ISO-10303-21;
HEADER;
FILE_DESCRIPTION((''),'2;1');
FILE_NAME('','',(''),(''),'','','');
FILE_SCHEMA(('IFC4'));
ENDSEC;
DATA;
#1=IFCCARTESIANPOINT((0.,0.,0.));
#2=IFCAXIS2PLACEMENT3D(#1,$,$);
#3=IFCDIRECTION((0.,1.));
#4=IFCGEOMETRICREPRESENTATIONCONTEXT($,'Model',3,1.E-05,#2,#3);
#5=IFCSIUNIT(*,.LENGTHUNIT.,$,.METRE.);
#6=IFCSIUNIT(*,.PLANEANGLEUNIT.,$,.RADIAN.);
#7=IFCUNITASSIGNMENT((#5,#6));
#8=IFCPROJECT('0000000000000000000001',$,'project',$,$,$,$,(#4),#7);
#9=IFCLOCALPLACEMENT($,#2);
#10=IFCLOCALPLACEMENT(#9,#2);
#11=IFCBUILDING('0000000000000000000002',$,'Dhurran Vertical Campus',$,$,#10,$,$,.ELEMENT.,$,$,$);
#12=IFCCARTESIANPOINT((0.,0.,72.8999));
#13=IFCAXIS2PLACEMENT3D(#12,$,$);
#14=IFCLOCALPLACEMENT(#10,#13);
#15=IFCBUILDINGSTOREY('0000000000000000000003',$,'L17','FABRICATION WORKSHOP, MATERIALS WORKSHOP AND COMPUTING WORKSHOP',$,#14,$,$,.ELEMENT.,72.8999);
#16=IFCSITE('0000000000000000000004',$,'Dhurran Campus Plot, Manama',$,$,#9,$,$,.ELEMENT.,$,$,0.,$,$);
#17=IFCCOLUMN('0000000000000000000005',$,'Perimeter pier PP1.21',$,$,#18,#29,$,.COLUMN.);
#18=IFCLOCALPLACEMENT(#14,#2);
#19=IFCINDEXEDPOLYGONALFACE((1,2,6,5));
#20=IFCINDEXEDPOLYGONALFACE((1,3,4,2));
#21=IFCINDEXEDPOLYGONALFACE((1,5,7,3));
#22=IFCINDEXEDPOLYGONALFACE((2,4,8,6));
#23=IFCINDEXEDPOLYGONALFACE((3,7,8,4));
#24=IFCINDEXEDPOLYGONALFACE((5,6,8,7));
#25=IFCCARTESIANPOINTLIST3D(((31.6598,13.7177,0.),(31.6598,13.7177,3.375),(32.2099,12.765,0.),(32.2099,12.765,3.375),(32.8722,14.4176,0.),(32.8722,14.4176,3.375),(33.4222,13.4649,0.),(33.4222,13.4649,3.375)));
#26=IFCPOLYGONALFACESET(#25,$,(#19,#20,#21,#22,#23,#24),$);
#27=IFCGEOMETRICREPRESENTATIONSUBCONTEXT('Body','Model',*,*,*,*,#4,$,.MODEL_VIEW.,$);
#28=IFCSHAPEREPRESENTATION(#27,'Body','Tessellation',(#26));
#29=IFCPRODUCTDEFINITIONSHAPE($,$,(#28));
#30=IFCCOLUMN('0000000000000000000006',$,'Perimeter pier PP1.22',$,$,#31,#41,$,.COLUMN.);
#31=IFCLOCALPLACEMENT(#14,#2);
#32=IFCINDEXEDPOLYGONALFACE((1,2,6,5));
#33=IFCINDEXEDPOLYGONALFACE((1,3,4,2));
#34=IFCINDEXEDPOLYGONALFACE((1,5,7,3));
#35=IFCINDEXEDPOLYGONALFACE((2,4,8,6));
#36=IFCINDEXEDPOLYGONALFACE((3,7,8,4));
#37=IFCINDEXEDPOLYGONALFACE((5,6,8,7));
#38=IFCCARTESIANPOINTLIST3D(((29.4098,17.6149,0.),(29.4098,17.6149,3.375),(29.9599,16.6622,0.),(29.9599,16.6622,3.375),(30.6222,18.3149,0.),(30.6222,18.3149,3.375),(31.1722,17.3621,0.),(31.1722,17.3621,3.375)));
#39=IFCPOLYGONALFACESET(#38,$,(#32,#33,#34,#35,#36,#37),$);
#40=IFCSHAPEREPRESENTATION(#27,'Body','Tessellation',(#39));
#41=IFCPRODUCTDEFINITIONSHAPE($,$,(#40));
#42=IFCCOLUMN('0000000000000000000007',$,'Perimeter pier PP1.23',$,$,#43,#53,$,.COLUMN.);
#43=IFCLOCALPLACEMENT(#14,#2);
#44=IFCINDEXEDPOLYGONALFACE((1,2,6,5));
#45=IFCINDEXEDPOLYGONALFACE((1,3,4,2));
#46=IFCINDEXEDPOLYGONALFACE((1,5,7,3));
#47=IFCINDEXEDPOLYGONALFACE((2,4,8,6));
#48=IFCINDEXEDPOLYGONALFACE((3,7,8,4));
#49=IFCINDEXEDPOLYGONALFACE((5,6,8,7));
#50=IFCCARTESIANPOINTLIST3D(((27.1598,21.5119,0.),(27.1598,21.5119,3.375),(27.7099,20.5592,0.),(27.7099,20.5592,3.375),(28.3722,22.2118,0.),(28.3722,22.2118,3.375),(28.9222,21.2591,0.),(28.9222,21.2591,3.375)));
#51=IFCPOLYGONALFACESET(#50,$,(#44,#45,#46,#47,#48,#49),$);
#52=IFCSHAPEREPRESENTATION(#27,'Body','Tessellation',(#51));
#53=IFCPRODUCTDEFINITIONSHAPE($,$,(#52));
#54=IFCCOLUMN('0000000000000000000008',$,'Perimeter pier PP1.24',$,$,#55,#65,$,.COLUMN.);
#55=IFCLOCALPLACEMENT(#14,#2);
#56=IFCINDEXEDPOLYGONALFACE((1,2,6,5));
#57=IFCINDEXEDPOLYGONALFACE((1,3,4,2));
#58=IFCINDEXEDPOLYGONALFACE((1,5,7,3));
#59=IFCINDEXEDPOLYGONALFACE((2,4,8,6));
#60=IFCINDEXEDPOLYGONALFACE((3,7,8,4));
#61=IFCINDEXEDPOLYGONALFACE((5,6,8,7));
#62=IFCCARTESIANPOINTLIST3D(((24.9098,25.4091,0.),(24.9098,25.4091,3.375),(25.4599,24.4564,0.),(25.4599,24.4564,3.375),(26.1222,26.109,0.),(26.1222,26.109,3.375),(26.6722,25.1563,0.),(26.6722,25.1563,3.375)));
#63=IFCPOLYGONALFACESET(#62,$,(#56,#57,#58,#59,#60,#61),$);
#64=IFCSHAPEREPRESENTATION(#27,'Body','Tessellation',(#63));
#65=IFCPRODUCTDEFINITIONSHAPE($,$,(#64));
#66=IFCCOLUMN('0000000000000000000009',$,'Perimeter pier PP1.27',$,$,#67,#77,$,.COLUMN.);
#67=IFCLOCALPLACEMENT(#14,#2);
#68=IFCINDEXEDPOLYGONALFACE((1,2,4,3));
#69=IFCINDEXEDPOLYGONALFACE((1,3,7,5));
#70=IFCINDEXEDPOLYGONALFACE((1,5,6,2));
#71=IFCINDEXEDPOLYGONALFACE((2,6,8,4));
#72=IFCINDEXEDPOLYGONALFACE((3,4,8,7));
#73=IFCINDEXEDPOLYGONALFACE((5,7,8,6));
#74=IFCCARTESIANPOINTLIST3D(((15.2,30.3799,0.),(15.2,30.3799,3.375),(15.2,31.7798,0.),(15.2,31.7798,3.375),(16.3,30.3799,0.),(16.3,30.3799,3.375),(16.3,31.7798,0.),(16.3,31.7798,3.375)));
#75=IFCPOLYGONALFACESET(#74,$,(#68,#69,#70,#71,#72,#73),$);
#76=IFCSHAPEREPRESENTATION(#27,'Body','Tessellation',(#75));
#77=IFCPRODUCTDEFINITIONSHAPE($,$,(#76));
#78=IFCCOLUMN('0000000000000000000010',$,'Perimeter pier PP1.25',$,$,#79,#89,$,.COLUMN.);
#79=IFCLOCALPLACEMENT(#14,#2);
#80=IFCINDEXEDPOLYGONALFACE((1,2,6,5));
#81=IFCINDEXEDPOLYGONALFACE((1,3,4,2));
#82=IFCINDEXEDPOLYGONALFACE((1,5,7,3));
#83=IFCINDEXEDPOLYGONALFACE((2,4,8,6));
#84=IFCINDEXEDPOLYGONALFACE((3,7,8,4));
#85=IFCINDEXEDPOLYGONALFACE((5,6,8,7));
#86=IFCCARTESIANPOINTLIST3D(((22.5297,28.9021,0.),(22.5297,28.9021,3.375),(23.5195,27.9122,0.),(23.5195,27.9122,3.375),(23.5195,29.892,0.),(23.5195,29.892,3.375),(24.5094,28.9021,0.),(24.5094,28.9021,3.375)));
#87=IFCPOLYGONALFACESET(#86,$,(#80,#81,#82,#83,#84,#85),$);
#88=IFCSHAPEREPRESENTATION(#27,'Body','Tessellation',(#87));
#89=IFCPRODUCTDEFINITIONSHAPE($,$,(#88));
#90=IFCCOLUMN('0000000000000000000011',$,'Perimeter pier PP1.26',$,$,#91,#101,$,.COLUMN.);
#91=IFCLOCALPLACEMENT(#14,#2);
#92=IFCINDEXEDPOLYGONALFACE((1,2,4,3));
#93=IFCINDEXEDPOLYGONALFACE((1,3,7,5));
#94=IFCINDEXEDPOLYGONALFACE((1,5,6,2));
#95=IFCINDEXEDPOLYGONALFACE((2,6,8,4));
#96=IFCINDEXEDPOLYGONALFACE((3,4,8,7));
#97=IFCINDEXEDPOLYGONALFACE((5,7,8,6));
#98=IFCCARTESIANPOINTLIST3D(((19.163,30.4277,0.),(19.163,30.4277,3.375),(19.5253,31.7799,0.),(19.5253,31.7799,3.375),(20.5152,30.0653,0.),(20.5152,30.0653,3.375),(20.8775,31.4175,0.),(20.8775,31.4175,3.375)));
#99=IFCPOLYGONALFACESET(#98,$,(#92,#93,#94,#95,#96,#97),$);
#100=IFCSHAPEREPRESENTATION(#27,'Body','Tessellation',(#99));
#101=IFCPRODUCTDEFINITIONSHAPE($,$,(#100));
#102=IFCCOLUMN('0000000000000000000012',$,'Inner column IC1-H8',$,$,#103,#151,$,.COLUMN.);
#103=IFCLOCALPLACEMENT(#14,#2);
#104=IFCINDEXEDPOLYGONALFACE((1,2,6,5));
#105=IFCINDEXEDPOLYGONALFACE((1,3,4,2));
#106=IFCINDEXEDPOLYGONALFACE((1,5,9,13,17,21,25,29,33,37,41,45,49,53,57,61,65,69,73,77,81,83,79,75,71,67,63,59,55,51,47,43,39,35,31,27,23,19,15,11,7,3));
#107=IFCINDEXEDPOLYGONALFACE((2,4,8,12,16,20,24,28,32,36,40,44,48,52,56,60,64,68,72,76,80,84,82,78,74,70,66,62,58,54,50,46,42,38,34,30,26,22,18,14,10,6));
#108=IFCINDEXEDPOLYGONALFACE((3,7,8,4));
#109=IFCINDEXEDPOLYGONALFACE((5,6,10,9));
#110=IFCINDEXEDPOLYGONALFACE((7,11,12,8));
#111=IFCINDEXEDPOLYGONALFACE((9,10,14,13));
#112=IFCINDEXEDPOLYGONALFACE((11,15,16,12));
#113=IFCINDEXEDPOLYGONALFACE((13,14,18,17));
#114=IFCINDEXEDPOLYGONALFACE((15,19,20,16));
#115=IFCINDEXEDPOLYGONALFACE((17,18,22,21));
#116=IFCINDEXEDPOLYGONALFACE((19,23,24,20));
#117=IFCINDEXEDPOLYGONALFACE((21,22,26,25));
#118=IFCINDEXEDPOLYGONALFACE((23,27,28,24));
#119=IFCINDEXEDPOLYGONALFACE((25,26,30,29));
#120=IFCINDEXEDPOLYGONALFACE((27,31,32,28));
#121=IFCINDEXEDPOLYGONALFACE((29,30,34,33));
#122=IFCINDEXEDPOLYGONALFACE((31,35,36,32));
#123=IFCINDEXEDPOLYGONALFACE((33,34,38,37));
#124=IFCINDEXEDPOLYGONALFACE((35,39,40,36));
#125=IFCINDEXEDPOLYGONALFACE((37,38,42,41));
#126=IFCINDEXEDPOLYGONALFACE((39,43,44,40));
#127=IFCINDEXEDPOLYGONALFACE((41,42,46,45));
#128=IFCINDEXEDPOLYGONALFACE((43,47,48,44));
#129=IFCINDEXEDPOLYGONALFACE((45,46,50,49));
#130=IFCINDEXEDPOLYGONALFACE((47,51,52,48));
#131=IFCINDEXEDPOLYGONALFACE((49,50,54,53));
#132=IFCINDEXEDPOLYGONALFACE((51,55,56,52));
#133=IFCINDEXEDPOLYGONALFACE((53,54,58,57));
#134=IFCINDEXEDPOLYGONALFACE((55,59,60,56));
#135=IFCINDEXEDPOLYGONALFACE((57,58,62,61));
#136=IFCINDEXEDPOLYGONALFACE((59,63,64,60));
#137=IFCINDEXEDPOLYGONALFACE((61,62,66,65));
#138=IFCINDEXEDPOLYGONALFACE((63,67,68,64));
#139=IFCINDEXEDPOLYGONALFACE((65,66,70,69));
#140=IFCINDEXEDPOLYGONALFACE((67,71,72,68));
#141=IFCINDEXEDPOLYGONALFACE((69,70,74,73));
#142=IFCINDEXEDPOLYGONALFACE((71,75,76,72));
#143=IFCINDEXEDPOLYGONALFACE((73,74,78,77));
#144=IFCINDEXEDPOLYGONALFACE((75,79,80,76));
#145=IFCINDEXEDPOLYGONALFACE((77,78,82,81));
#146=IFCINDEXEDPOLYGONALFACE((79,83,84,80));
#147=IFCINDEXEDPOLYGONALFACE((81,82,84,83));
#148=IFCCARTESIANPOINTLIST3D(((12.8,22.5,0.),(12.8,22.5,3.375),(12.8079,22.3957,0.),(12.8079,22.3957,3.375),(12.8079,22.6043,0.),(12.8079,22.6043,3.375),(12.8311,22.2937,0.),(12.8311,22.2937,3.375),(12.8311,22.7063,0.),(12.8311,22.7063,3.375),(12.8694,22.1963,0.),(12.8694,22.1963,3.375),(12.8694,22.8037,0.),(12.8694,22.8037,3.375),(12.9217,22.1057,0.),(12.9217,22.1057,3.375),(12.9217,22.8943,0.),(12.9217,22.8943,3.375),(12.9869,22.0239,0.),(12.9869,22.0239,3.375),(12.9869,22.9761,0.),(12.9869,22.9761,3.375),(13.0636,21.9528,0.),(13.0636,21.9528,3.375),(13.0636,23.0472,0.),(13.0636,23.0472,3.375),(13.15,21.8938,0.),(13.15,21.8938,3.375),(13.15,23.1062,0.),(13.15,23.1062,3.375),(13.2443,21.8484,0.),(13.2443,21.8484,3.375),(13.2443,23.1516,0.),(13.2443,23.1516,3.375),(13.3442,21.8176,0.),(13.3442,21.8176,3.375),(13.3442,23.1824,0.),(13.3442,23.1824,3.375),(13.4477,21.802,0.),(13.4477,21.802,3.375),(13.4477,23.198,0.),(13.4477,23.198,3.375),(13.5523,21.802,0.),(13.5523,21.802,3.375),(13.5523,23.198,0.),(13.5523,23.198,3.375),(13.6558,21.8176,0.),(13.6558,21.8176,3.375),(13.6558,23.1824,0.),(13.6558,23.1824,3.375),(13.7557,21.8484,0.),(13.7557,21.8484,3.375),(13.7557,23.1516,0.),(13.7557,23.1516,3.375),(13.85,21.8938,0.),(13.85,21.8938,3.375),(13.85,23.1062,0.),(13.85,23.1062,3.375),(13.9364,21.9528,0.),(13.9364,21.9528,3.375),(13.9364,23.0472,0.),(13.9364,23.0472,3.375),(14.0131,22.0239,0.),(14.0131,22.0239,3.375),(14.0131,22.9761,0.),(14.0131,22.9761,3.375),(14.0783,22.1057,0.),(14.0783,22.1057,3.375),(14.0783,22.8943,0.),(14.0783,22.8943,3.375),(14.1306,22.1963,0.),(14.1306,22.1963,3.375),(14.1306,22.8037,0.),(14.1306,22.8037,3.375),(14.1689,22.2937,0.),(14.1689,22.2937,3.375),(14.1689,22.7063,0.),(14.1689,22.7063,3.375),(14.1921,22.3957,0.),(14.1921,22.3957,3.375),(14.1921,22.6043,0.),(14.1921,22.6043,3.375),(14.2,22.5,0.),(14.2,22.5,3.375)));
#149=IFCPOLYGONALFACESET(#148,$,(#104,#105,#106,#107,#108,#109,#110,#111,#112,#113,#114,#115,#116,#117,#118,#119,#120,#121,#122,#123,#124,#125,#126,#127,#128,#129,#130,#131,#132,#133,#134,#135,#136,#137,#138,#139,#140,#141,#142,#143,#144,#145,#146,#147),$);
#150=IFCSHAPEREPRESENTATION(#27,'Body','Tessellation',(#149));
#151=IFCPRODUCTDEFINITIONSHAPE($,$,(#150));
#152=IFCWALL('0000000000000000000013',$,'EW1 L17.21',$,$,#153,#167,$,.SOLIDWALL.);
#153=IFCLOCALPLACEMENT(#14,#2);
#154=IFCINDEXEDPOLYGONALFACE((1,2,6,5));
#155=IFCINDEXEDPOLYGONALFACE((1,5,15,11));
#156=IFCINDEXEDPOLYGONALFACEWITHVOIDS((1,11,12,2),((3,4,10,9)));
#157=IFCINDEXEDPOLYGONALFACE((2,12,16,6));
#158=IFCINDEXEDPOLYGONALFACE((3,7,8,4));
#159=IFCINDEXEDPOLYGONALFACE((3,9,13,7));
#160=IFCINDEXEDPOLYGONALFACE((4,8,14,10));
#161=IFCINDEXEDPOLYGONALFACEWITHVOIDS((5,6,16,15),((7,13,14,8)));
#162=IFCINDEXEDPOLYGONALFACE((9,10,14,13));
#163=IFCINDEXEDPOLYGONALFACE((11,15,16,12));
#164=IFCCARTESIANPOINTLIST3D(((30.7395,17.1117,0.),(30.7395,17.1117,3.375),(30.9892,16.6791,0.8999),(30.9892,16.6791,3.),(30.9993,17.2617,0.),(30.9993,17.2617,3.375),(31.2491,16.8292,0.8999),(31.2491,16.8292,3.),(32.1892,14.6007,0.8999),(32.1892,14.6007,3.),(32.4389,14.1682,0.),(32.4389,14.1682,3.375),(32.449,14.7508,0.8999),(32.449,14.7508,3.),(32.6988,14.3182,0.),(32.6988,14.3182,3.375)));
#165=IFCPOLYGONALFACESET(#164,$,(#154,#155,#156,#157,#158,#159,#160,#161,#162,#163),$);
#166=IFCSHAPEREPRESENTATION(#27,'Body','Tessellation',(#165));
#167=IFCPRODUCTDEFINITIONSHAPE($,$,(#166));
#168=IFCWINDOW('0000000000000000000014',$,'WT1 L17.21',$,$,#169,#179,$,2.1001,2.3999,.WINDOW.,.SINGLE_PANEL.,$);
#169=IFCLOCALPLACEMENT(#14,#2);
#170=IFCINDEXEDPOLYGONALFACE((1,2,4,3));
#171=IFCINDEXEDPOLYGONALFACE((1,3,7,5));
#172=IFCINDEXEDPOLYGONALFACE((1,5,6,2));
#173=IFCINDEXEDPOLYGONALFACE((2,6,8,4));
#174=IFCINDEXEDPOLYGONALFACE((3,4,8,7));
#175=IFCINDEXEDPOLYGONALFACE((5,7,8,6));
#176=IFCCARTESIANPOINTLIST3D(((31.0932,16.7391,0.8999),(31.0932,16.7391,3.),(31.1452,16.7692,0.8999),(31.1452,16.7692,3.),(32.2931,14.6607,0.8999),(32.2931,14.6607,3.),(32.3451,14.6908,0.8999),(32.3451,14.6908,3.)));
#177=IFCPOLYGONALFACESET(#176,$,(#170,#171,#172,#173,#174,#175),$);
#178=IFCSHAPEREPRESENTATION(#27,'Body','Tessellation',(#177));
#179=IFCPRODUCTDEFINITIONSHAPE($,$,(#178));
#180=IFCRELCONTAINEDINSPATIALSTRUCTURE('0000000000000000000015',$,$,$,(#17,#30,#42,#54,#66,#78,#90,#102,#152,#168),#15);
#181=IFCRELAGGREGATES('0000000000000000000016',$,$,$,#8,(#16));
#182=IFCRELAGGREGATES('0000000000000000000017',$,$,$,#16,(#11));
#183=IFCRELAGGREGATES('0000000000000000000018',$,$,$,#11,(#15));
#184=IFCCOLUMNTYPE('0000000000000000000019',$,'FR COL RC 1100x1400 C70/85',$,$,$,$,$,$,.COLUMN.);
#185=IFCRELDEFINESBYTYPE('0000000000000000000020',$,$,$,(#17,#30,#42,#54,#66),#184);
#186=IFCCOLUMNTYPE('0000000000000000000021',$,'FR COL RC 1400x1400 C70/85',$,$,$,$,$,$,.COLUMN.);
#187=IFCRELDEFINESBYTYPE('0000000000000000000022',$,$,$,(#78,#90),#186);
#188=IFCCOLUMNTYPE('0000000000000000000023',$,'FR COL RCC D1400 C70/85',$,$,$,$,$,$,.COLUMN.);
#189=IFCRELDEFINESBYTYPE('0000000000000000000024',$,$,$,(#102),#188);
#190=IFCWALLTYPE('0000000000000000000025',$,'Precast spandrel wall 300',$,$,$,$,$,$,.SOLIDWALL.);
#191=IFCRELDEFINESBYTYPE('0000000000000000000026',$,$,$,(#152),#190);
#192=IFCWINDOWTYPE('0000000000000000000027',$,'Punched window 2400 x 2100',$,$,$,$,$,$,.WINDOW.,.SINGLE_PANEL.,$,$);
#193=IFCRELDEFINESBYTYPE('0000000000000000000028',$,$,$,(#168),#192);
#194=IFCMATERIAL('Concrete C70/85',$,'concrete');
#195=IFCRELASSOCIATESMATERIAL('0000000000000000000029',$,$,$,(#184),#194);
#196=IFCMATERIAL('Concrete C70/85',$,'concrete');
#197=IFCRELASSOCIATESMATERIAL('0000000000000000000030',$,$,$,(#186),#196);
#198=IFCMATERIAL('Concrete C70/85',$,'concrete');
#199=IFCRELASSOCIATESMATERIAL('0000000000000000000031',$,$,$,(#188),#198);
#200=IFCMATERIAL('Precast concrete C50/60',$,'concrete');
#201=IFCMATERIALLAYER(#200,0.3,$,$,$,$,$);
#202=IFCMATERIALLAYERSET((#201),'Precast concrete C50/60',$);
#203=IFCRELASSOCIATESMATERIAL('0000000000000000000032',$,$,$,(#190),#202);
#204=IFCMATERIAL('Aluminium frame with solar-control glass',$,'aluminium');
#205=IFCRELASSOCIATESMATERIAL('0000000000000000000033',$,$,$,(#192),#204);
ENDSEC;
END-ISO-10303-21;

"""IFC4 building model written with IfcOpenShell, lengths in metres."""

from ifc_helpers import new_model, si_unit, direction, frame, frame_2d, origin, origin_2d, place, context, subcontext, project, spatial, rectangle, circle, extrude, material, layer, layer_set, material_profile, profile_set, type_object, element, fill, save


model = new_model("IFC4")

# Units and contexts
model_context = context("Model", 3, precision=1e-05, world=origin(), true_north=direction((0.0, 1.0)))
body_context = subcontext(model_context, "Body", "Model", "MODEL_VIEW")
ifc_project = project(units=[si_unit("LENGTHUNIT", "METRE"), si_unit("PLANEANGLEUNIT", "RADIAN")], contexts=[model_context])

# Site, building, storey
site_placement = place(None, origin())
site = spatial("IfcSite", under=ifc_project, at=site_placement, Name="Dhurran Campus Plot, Manama", CompositionType="ELEMENT", RefElevation=0.0)
building_placement = place(site_placement, origin())
building = spatial("IfcBuilding", under=site, at=building_placement, Name="Dhurran Vertical Campus", CompositionType="ELEMENT")
storey_placement = place(building_placement, frame((0.0, 0.0, 72.8999)))
storey = spatial("IfcBuildingStorey", under=building, at=storey_placement, Name="L17", Description="FABRICATION WORKSHOP, MATERIALS WORKSHOP AND COMPUTING WORKSHOP", CompositionType="ELEMENT", Elevation=72.8999)

# Columns
ifc_material_1 = material(Name="Concrete C70/85", Category="concrete")
ifc_material_profile_1 = material_profile(ifc_material_1, rectangle(XDim=1.1001, YDim=1.3999, at=origin_2d()), Name="RC 1100x1400")
ifc_profile_set_1 = profile_set([ifc_material_profile_1], Name="Concrete C70/85")
column_type_1 = type_object("IfcColumnType", Name="FR COL RC 1100x1400 C70/85", PredefinedType="COLUMN", material=ifc_profile_set_1)
for number, where, z_axis, x_axis, name in (
    (1, (32.541, 13.5913, 0.0), (0.0, 0.0, 1.0), (-0.5, 0.866025, 0.0), "Perimeter pier PP1.21"),
    (2, (30.291, 17.4885, 0.0), (0.0, 0.0, 1.0), (-0.5, 0.866025, 0.0), "Perimeter pier PP1.22"),
    (3, (28.041, 21.3855, 0.0), (0.0, 0.0, 1.0), (-0.5, 0.866025, 0.0), "Perimeter pier PP1.23"),
    (4, (25.791, 25.2827, 0.0), (0.0, 0.0, 1.0), (-0.5, 0.866025, 0.0), "Perimeter pier PP1.24"),
    (5, (15.75, 31.0798, 0.0), (0.0, 0.0, 1.0), (-1.0, 0.0, 0.0), "Perimeter pier PP1.27"),
):
    element("IfcColumn", number, at=place(storey_placement, frame(where, z_axis=z_axis, x_axis=x_axis)), inside=storey, type_object=column_type_1, Name=name, PredefinedType="COLUMN", context=body_context, shape_type="SweptSolid", body=[
        extrude(rectangle(XDim=1.1001, YDim=1.3999, at=origin_2d()), origin(), (0.0, 0.0, 1.0), 3.375),
    ])
ifc_material_2 = material(Name="Concrete C70/85", Category="concrete")
ifc_material_profile_2 = material_profile(ifc_material_2, rectangle(XDim=1.3999, YDim=1.3999, at=origin_2d()), Name="RC 1400x1400")
ifc_profile_set_2 = profile_set([ifc_material_profile_2], Name="Concrete C70/85")
column_type_2 = type_object("IfcColumnType", Name="FR COL RC 1400x1400 C70/85", PredefinedType="COLUMN", material=ifc_profile_set_2)
for number, where, z_axis, x_axis, name in (
    (6, (23.5195, 28.9021, 0.0), (0.0, 0.0, 1.0), (-0.707107, 0.707107, 0.0), "Perimeter pier PP1.25"),
    (7, (20.0203, 30.9226, 0.0), (0.0, 0.0, 1.0), (-0.965926, 0.258819, 0.0), "Perimeter pier PP1.26"),
):
    element("IfcColumn", number, at=place(storey_placement, frame(where, z_axis=z_axis, x_axis=x_axis)), inside=storey, type_object=column_type_2, Name=name, PredefinedType="COLUMN", context=body_context, shape_type="SweptSolid", body=[
        extrude(rectangle(XDim=1.3999, YDim=1.3999, at=origin_2d()), origin(), (0.0, 0.0, 1.0), 3.375),
    ])
ifc_material_3 = material(Name="Concrete C70/85", Category="concrete")
ifc_material_profile_3 = material_profile(ifc_material_3, circle(Radius=0.7, at=origin_2d()), Name="RCC D1400")
ifc_profile_set_3 = profile_set([ifc_material_profile_3], Name="Concrete C70/85")
column_type_3 = type_object("IfcColumnType", Name="FR COL RCC D1400 C70/85", PredefinedType="COLUMN", material=ifc_profile_set_3)
column_placement = place(storey_placement, frame((13.5, 22.5, 0.0), z_axis=(0.0, 0.0, 1.0), x_axis=(1.0, 0.0, 0.0)))
element("IfcColumn", 8, at=column_placement, inside=storey, type_object=column_type_3, Name="Inner column IC1-H8", PredefinedType="COLUMN", context=body_context, shape_type="SweptSolid", body=[
    extrude(circle(Radius=0.7, at=origin_2d()), origin(), (0.0, 0.0, 1.0), 3.375),
])

# Wall, opening, window
ifc_material_4 = material(Name="Precast concrete C50/60", Category="concrete")
ifc_layer_1 = layer(ifc_material_4, 0.3)
ifc_layer_set_1 = layer_set([ifc_layer_1], Name="Precast concrete C50/60")
wall_type_1 = type_object("IfcWallType", Name="Precast spandrel wall 300", PredefinedType="SOLIDWALL", material=ifc_layer_set_1)
wall_1_placement = place(storey_placement, frame((32.5688, 14.2432, 0.0), z_axis=(0.0, 0.0, 1.0), x_axis=(-0.499994, 0.866029, 0.0)))
wall_1 = element("IfcWall", 9, at=wall_1_placement, inside=storey, type_object=wall_type_1, Name="EW1 L17.21", PredefinedType="SOLIDWALL", context=body_context, shape_type="SweptSolid", body=[
    extrude(rectangle(XDim=3.3989, YDim=0.3, at=frame_2d((1.6995, 0.0))), origin(), (0.0, 0.0, 1.0), 3.375),
])
opening_1_placement = place(wall_1_placement, frame((0.4995, 0.0, 0.8999)))
opening_1 = element("IfcOpeningElement", 10, at=opening_1_placement, cuts=wall_1, PredefinedType="OPENING", context=body_context, shape_type="SweptSolid", body=[
    extrude(rectangle(XDim=2.3999, YDim=2.1001, at=frame_2d((1.2, 1.05))), frame((0.0, 0.1599, 0.0), z_axis=(0.0, -1.0, 0.0), x_axis=(1.0, 0.0, 0.0)), (0.0, 0.0, 1.0), 0.3201),
])
ifc_material_5 = material(Name="Aluminium frame with solar-control glass", Category="aluminium")
window_type = type_object("IfcWindowType", Name="Punched window 2400 x 2100", PartitioningType="SINGLE_PANEL", PredefinedType="WINDOW", material=ifc_material_5)
window_1_placement = place(opening_1_placement, origin())
window_1 = element("IfcWindow", 11, at=window_1_placement, inside=storey, type_object=window_type, Name="WT1 L17.21", OverallHeight=2.1001, OverallWidth=2.3999, PartitioningType="SINGLE_PANEL", PredefinedType="WINDOW", context=body_context, shape_type="SweptSolid", body=[
    extrude(rectangle(XDim=2.3999, YDim=2.1001, at=frame_2d((1.2, 1.05))), frame((0.0, 0.03, 0.0), z_axis=(0.0, -1.0, 0.0), x_axis=(1.0, 0.0, 0.0)), (0.0, 0.0, 1.0), 0.0601),
])
fill(opening_1, window_1)

save(model, "model.ifc")
